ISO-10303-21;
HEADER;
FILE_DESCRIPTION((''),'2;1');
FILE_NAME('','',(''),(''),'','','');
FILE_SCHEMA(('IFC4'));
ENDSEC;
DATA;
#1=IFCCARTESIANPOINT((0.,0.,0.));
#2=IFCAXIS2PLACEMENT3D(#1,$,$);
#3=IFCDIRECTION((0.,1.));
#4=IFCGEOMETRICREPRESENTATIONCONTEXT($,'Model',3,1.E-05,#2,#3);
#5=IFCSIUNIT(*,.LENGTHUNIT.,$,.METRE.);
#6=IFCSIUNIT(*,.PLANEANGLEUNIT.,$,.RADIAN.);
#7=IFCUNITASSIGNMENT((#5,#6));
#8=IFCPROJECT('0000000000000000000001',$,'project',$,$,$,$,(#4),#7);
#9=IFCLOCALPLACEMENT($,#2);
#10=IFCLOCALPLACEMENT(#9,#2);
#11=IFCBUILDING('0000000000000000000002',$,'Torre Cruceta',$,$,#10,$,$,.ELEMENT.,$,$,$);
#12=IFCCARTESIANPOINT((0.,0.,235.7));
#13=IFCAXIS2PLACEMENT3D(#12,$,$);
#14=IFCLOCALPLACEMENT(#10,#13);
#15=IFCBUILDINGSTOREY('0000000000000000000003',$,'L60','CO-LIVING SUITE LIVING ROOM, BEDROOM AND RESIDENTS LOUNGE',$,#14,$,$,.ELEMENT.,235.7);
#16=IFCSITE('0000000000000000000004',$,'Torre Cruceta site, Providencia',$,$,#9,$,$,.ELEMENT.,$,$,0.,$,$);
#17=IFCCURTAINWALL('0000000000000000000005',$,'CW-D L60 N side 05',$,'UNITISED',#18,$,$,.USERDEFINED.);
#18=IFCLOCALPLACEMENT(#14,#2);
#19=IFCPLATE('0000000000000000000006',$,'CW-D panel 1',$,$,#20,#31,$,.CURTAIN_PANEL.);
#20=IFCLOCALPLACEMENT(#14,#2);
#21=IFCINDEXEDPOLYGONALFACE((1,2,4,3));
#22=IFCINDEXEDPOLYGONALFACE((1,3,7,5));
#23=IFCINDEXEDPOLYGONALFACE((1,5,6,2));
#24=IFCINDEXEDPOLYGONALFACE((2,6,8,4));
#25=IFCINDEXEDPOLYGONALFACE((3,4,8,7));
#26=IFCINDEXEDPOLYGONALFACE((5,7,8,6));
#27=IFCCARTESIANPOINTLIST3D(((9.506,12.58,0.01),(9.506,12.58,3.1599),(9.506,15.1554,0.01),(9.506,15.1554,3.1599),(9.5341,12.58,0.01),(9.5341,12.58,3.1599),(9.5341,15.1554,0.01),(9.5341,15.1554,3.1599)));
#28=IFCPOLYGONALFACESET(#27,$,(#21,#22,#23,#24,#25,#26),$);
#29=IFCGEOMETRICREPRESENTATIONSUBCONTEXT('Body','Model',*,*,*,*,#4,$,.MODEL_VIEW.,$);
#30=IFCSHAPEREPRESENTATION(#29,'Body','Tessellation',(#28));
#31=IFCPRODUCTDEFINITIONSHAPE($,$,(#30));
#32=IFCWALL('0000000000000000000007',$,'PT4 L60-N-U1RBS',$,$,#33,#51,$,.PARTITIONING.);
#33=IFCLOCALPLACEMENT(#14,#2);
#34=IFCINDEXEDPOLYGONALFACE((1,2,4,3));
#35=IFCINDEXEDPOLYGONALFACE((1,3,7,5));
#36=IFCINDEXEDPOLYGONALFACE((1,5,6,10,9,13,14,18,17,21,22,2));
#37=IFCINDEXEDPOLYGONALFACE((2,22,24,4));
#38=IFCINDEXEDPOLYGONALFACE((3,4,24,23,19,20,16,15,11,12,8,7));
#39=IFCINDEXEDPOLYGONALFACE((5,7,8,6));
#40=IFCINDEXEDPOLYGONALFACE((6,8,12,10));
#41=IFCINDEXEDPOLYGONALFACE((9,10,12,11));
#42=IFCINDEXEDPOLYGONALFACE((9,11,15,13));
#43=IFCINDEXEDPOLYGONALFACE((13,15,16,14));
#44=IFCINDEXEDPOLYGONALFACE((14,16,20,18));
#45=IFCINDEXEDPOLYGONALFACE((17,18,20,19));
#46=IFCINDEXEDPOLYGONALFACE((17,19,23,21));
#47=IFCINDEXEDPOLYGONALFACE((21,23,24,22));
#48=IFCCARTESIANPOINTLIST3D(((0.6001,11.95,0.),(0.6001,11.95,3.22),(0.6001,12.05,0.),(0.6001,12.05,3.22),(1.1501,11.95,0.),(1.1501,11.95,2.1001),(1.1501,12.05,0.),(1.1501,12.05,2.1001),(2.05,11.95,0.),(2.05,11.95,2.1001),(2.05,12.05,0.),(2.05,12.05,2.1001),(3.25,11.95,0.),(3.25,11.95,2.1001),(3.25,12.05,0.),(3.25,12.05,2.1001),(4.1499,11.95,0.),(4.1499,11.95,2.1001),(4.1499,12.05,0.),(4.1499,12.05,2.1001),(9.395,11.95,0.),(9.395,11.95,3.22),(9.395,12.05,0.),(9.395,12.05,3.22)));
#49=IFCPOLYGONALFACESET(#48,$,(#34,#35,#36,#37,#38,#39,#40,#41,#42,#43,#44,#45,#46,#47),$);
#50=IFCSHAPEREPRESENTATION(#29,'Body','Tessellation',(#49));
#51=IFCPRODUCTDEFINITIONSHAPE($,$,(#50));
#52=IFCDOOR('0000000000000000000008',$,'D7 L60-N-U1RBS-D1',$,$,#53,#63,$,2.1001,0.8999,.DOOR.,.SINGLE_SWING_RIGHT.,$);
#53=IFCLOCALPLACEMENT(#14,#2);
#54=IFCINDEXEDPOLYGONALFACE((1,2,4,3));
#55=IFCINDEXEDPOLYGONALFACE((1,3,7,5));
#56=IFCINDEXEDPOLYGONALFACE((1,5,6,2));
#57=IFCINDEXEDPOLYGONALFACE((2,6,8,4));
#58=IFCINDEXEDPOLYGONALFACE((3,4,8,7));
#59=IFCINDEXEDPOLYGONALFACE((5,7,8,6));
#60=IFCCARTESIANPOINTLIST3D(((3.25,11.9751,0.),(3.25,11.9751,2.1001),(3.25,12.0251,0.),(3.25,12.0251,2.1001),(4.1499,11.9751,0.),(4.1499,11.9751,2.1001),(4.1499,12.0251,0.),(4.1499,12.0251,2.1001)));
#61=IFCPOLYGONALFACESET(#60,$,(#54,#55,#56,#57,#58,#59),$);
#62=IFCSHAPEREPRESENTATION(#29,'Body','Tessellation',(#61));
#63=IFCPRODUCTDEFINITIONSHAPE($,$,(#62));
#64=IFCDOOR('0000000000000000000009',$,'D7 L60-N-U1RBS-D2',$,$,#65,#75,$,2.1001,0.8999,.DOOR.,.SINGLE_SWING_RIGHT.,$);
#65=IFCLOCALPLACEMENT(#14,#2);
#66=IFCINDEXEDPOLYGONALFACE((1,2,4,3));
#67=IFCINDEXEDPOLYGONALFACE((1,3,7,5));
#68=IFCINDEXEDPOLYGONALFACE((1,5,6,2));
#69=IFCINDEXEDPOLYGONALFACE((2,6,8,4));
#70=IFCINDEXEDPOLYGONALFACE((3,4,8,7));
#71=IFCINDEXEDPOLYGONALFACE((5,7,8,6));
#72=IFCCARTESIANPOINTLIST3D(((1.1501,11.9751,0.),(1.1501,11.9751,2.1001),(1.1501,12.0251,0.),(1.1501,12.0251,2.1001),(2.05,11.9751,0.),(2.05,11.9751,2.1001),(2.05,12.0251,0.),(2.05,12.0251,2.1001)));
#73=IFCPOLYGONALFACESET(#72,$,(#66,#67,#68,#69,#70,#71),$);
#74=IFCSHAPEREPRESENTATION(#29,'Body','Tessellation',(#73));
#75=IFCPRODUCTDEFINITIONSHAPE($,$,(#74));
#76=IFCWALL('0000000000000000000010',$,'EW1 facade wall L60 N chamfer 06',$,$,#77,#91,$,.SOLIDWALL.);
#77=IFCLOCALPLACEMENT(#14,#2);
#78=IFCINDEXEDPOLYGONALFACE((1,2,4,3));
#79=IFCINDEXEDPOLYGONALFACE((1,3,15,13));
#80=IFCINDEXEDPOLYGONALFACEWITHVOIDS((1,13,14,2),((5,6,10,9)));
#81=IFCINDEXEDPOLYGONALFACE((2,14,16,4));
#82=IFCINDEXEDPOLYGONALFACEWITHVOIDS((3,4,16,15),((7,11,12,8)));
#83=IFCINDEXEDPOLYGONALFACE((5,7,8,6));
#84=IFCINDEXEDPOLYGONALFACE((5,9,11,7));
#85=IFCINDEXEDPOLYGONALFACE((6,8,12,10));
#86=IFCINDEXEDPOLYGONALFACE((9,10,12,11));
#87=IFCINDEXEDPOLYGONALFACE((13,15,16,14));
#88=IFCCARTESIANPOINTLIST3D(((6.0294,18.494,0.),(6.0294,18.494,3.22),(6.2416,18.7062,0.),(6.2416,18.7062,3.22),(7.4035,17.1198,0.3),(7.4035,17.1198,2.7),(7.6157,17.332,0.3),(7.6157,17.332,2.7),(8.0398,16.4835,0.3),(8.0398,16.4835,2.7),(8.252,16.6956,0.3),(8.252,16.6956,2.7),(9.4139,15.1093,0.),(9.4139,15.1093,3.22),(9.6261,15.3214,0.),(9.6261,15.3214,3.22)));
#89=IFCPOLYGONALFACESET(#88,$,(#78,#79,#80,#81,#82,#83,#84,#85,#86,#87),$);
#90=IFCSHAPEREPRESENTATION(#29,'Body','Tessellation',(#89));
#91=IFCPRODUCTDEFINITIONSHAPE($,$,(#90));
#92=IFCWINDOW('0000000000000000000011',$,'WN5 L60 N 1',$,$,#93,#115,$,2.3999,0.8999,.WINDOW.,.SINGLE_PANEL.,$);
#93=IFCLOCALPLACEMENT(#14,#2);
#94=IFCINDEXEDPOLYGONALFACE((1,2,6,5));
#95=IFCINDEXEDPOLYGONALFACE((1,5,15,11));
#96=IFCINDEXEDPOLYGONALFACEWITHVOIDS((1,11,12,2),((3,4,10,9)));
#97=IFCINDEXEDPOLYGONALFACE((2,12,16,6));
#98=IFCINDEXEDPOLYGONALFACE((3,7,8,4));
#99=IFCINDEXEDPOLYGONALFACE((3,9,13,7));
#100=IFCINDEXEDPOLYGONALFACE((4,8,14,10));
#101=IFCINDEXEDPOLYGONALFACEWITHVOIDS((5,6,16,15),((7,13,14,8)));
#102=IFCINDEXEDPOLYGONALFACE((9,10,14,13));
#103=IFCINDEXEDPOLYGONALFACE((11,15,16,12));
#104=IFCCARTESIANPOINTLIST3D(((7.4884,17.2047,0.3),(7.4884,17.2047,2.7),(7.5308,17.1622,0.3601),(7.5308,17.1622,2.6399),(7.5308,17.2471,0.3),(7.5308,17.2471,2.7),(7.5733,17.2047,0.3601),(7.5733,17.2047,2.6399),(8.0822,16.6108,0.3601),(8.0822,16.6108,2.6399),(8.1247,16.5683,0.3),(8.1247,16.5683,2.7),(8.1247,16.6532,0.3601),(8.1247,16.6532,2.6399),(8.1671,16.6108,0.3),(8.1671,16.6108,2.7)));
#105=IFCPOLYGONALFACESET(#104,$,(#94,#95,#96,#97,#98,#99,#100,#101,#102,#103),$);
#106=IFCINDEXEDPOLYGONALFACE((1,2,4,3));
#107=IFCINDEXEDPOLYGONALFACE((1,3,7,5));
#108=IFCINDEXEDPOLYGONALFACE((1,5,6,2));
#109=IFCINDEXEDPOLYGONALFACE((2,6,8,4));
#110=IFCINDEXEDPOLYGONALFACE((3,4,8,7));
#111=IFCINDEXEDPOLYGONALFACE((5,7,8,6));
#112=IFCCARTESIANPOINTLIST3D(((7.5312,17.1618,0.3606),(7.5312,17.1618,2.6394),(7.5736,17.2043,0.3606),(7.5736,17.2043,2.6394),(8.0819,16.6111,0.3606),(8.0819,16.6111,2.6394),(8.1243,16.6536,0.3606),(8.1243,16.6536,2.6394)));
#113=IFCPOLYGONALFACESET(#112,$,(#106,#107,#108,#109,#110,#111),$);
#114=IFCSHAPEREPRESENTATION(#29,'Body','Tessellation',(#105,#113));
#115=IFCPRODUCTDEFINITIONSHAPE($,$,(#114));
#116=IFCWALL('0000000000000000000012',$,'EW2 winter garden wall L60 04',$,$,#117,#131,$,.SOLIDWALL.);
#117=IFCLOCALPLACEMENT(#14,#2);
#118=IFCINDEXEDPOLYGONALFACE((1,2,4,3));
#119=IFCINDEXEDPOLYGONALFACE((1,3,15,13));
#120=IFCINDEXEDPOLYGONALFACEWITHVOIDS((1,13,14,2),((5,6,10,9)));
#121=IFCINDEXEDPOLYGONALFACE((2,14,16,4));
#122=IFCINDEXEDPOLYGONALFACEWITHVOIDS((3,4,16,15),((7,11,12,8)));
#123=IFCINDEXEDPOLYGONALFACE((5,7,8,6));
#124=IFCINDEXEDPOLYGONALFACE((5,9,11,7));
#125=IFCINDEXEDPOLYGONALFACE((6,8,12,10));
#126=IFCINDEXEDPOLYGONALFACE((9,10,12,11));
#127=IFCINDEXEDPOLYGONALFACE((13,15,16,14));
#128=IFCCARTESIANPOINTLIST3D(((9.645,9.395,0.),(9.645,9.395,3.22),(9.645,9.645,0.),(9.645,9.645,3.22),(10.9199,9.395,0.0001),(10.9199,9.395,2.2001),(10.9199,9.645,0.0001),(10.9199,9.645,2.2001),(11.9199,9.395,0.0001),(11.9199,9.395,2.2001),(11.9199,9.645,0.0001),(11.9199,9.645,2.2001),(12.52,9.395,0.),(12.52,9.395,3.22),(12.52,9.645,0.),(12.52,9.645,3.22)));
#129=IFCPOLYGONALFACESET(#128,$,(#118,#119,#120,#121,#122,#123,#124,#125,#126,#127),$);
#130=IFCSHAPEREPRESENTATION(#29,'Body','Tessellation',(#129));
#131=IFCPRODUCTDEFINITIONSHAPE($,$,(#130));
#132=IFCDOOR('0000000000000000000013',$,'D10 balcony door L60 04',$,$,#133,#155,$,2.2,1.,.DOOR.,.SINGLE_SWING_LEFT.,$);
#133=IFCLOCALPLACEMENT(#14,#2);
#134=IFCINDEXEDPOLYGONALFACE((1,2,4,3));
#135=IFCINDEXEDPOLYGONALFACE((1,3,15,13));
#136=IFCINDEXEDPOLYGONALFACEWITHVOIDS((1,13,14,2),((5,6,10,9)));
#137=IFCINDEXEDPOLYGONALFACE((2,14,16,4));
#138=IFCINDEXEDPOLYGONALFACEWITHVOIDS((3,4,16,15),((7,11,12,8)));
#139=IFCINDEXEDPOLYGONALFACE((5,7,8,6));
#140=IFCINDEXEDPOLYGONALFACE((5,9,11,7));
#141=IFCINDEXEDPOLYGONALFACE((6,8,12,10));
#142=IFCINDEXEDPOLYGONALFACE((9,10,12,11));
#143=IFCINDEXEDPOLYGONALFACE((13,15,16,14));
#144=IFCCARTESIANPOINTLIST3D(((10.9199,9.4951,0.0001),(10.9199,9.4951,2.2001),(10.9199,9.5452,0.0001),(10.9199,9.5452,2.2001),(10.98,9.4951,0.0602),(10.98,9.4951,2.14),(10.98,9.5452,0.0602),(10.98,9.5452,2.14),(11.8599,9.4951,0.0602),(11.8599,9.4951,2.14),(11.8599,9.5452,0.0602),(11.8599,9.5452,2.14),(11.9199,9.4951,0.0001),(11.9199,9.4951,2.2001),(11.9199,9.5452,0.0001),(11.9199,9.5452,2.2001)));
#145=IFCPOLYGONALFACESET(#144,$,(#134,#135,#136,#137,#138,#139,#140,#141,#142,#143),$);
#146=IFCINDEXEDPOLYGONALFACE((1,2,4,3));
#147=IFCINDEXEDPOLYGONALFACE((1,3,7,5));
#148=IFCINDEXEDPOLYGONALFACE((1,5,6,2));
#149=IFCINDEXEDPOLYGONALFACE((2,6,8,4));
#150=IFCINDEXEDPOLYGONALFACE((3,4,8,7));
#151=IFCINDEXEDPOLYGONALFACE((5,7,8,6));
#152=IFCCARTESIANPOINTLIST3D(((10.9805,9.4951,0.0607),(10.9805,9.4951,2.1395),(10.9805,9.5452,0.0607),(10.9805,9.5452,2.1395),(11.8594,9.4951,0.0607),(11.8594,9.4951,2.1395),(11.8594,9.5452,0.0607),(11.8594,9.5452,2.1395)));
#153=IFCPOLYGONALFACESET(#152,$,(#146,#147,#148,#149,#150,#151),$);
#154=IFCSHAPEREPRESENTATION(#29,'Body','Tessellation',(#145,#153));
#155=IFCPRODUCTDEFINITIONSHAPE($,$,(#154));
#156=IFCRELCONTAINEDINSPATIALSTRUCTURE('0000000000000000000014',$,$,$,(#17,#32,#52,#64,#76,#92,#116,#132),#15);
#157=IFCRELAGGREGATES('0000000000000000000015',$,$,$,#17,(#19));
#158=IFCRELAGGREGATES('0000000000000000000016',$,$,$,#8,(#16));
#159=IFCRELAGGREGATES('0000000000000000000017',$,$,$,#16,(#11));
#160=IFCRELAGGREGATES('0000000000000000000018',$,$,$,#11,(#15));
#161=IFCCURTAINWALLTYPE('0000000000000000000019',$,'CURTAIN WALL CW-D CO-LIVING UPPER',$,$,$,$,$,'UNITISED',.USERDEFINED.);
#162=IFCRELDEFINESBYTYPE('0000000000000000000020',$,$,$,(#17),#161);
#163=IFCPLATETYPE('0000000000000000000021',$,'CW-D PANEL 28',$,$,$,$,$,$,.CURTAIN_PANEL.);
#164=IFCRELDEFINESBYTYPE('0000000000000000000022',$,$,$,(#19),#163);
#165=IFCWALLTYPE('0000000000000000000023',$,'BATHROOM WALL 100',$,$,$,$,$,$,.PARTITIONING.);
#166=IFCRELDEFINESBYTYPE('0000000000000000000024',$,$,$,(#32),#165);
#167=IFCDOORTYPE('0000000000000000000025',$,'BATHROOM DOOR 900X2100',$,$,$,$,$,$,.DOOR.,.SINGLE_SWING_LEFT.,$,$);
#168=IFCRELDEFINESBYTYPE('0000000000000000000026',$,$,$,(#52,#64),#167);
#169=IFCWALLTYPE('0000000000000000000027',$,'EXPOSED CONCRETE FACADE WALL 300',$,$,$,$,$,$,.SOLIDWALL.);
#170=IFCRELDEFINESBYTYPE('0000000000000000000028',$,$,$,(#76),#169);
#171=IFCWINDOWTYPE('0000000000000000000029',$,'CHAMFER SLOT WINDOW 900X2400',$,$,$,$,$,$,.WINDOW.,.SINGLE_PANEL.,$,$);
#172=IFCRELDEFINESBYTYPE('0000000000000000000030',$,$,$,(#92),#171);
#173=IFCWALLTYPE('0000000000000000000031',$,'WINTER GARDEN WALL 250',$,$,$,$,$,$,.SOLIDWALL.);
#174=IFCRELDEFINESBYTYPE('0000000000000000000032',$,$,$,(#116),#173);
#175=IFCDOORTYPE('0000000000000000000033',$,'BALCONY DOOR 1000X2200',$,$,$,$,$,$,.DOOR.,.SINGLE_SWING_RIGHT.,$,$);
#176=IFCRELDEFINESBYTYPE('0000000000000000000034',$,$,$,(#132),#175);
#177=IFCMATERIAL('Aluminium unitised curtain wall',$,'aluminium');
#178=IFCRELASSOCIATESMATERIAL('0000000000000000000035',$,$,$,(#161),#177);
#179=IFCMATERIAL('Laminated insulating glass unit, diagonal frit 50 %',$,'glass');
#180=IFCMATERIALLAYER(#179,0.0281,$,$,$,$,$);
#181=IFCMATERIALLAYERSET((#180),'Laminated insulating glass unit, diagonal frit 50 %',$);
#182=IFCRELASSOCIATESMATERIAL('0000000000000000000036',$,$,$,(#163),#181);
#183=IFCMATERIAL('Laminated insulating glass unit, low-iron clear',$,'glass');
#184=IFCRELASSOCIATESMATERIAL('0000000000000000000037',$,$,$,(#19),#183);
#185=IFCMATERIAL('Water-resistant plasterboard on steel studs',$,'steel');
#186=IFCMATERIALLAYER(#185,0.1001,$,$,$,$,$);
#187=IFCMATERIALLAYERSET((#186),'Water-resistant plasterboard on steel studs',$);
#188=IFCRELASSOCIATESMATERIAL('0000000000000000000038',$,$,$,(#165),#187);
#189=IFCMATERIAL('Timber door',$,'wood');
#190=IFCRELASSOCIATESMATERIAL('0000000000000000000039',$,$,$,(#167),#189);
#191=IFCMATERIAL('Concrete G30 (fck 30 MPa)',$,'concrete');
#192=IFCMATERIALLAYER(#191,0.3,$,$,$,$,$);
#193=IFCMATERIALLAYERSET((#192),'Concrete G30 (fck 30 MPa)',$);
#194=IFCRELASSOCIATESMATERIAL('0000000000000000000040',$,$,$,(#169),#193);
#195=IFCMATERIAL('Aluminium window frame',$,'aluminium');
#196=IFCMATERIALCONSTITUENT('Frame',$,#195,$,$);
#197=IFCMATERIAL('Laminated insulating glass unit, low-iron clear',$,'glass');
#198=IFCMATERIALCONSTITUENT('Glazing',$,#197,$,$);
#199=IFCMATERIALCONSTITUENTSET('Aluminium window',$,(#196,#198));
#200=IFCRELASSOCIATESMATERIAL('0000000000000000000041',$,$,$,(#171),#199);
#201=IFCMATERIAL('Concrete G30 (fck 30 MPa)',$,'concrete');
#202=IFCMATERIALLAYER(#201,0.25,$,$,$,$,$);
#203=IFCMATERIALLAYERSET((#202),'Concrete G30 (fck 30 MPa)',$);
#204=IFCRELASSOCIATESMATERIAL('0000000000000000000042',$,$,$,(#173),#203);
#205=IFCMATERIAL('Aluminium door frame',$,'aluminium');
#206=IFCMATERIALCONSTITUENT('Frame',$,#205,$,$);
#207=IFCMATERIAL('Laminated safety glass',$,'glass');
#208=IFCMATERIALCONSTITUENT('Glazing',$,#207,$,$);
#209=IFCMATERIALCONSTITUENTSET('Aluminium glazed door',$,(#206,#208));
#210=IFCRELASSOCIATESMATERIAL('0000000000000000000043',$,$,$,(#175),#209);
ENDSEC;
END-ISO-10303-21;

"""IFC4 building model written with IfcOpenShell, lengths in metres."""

from ifc_helpers import new_model, si_unit, direction, frame, frame_2d, origin, origin_2d, place, context, subcontext, project, spatial, rectangle, hollow_rectangle, extrude, material, layer, layer_set, constituent, constituent_set, type_object, element, fill, aggregate, save


model = new_model("IFC4")

# Units and contexts
model_context = context("Model", 3, precision=1e-05, world=origin(), true_north=direction((0.0, 1.0)))
body_context = subcontext(model_context, "Body", "Model", "MODEL_VIEW")
ifc_project = project(units=[si_unit("LENGTHUNIT", "METRE"), si_unit("PLANEANGLEUNIT", "RADIAN")], contexts=[model_context])

# Site, building, storey
site_placement = place(None, origin())
site = spatial("IfcSite", under=ifc_project, at=site_placement, Name="Torre Cruceta site, Providencia", CompositionType="ELEMENT", RefElevation=0.0)
building_placement = place(site_placement, origin())
building = spatial("IfcBuilding", under=site, at=building_placement, Name="Torre Cruceta", CompositionType="ELEMENT")
storey_placement = place(building_placement, frame((0.0, 0.0, 235.7)))
storey = spatial("IfcBuildingStorey", under=building, at=storey_placement, Name="L60", Description="CO-LIVING SUITE LIVING ROOM, BEDROOM AND RESIDENTS LOUNGE", CompositionType="ELEMENT", Elevation=235.7)

# Curtain wall
ifc_material_1 = material(Name="Aluminium unitised curtain wall", Category="aluminium")
curtain_wall_type = type_object("IfcCurtainWallType", Name="CURTAIN WALL CW-D CO-LIVING UPPER", ElementType="UNITISED", PredefinedType="USERDEFINED", material=ifc_material_1)
curtain_wall_1_placement = place(storey_placement, origin())
curtain_wall_1 = element("IfcCurtainWall", 1, at=curtain_wall_1_placement, inside=storey, type_object=curtain_wall_type, Name="CW-D L60 N side 05", ObjectType="UNITISED", PredefinedType="USERDEFINED")

# Plate
ifc_material_2 = material(Name="Laminated insulating glass unit, low-iron clear", Category="glass")
ifc_material_3 = material(Name="Laminated insulating glass unit, diagonal frit 50 %", Category="glass")
ifc_layer_1 = layer(ifc_material_3, 0.0281)
ifc_layer_set_1 = layer_set([ifc_layer_1], Name="Laminated insulating glass unit, diagonal frit 50 %")
plate_type = type_object("IfcPlateType", Name="CW-D PANEL 28", PredefinedType="CURTAIN_PANEL", material=ifc_layer_set_1)
plate_1_placement = place(storey_placement, frame((9.52, 13.8677, 0.01), z_axis=(0.0, 0.0, 1.0), x_axis=(0.0, 1.0, 0.0)))
plate_1 = element("IfcPlate", 2, at=plate_1_placement, type_object=plate_type, material=ifc_material_2, Name="CW-D panel 1", PredefinedType="CURTAIN_PANEL", context=body_context, shape_type="SweptSolid", body=[
    extrude(rectangle(XDim=2.5754, YDim=0.0281, at=origin_2d()), origin(), (0.0, 0.0, 1.0), 3.1499),
])
aggregate(curtain_wall_1, [plate_1])

# Wall, openings, doors
ifc_material_4 = material(Name="Water-resistant plasterboard on steel studs", Category="steel")
ifc_layer_2 = layer(ifc_material_4, 0.1001)
ifc_layer_set_2 = layer_set([ifc_layer_2], Name="Water-resistant plasterboard on steel studs")
wall_type_1 = type_object("IfcWallType", Name="BATHROOM WALL 100", PredefinedType="PARTITIONING", material=ifc_layer_set_2)
wall_1_placement = place(storey_placement, frame((9.395, 12.0, 0.0), z_axis=(0.0, 0.0, 1.0), x_axis=(-1.0, 0.0, 0.0)))
wall_1 = element("IfcWall", 3, at=wall_1_placement, inside=storey, type_object=wall_type_1, Name="PT4 L60-N-U1RBS", PredefinedType="PARTITIONING", context=body_context, shape_type="SweptSolid", body=[
    extrude(rectangle(XDim=8.7949, YDim=0.1001, at=frame_2d((4.3975, 0.0))), origin(), (0.0, 0.0, 1.0), 3.22),
])
opening_1_placement = place(wall_1_placement, frame((5.2451, 0.0, 0.0)))
opening_1 = element("IfcOpeningElement", 4, at=opening_1_placement, cuts=wall_1, PredefinedType="OPENING", context=body_context, shape_type="SweptSolid", body=[
    extrude(rectangle(XDim=0.8999, YDim=2.1001, at=frame_2d((0.45, 1.05))), frame((0.0, 0.0601, 0.0), z_axis=(0.0, -1.0, 0.0), x_axis=(1.0, 0.0, 0.0)), (0.0, 0.0, 1.0), 0.1201),
])
opening_2_placement = place(wall_1_placement, frame((7.345, 0.0, 0.0)))
opening_2 = element("IfcOpeningElement", 5, at=opening_2_placement, cuts=wall_1, PredefinedType="OPENING", context=body_context, shape_type="SweptSolid", body=[
    extrude(rectangle(XDim=0.8999, YDim=2.1001, at=frame_2d((0.45, 1.05))), frame((0.0, 0.0601, 0.0), z_axis=(0.0, -1.0, 0.0), x_axis=(1.0, 0.0, 0.0)), (0.0, 0.0, 1.0), 0.1201),
])
ifc_material_5 = material(Name="Timber door", Category="wood")
door_type_1 = type_object("IfcDoorType", Name="BATHROOM DOOR 900X2100", OperationType="SINGLE_SWING_LEFT", PredefinedType="DOOR", material=ifc_material_5)
door_1_placement = place(opening_1_placement, origin())
door_1 = element("IfcDoor", 6, at=door_1_placement, inside=storey, type_object=door_type_1, Name="D7 L60-N-U1RBS-D1", OperationType="SINGLE_SWING_RIGHT", OverallHeight=2.1001, OverallWidth=0.8999, PredefinedType="DOOR", context=body_context, shape_type="SweptSolid", body=[
    extrude(rectangle(XDim=0.8999, YDim=2.1001, at=frame_2d((0.45, 1.05))), frame((0.0, 0.0249, 0.0), z_axis=(0.0, -1.0, 0.0), x_axis=(1.0, 0.0, 0.0)), (0.0, 0.0, 1.0), 0.05),
])
fill(opening_1, door_1)
door_2_placement = place(opening_2_placement, origin())
door_2 = element("IfcDoor", 7, at=door_2_placement, inside=storey, type_object=door_type_1, Name="D7 L60-N-U1RBS-D2", OperationType="SINGLE_SWING_RIGHT", OverallHeight=2.1001, OverallWidth=0.8999, PredefinedType="DOOR", context=body_context, shape_type="SweptSolid", body=[
    extrude(rectangle(XDim=0.8999, YDim=2.1001, at=frame_2d((0.45, 1.05))), frame((0.0, 0.0249, 0.0), z_axis=(0.0, -1.0, 0.0), x_axis=(1.0, 0.0, 0.0)), (0.0, 0.0, 1.0), 0.05),
])
fill(opening_2, door_2)

# Wall, opening, window
ifc_material_6 = material(Name="Concrete G30 (fck 30 MPa)", Category="concrete")
ifc_layer_3 = layer(ifc_material_6, 0.3)
ifc_layer_set_3 = layer_set([ifc_layer_3], Name="Concrete G30 (fck 30 MPa)")
wall_type_2 = type_object("IfcWallType", Name="EXPOSED CONCRETE FACADE WALL 300", PredefinedType="SOLIDWALL", material=ifc_layer_set_3)
wall_2_placement = place(storey_placement, frame((9.52, 15.2153, 0.0), z_axis=(0.0, 0.0, 1.0), x_axis=(-0.707081, 0.707132, 0.0)))
wall_2 = element("IfcWall", 8, at=wall_2_placement, inside=storey, type_object=wall_type_2, Name="EW1 facade wall L60 N chamfer 06", PredefinedType="SOLIDWALL", context=body_context, shape_type="SweptSolid", body=[
    extrude(rectangle(XDim=4.7866, YDim=0.3, at=frame_2d((2.3933, 0.0))), origin(), (0.0, 0.0, 1.0), 3.22),
])
opening_3_placement = place(wall_2_placement, frame((1.9434, 0.0, 0.3)))
opening_3 = element("IfcOpeningElement", 9, at=opening_3_placement, cuts=wall_2, PredefinedType="OPENING", context=body_context, shape_type="SweptSolid", body=[
    extrude(rectangle(XDim=0.8999, YDim=2.3999, at=frame_2d((0.45, 1.2))), frame((0.0, 0.1599, 0.0), z_axis=(0.0, -1.0, 0.0), x_axis=(1.0, 0.0, 0.0)), (0.0, 0.0, 1.0), 0.3201),
])
ifc_material_7 = material(Name="Aluminium window frame", Category="aluminium")
ifc_constituent_1 = constituent(ifc_material_7, Name="Frame")
ifc_material_8 = material(Name="Laminated insulating glass unit, low-iron clear", Category="glass")
ifc_constituent_2 = constituent(ifc_material_8, Name="Glazing")
ifc_constituent_set_1 = constituent_set(constituents=[ifc_constituent_1, ifc_constituent_2], Name="Aluminium window")
window_type = type_object("IfcWindowType", Name="CHAMFER SLOT WINDOW 900X2400", PartitioningType="SINGLE_PANEL", PredefinedType="WINDOW", material=ifc_constituent_set_1)
window_placement = place(opening_3_placement, origin())
window = element("IfcWindow", 10, at=window_placement, inside=storey, type_object=window_type, Name="WN5 L60 N 1", OverallHeight=2.3999, OverallWidth=0.8999, PartitioningType="SINGLE_PANEL", PredefinedType="WINDOW", context=body_context, shape_type="SweptSolid", body=[
    extrude(hollow_rectangle(XDim=0.8999, YDim=2.3999, WallThickness=0.0601, at=frame_2d((0.45, 1.2))), frame((0.0, 0.03, 0.0), z_axis=(0.0, -1.0, 0.0), x_axis=(1.0, 0.0, 0.0)), (0.0, 0.0, 1.0), 0.0601),
    extrude(rectangle(XDim=0.7788, YDim=2.2788, at=frame_2d((0.45, 1.2))), frame((0.0, 0.03, 0.0), z_axis=(0.0, -1.0, 0.0), x_axis=(1.0, 0.0, 0.0)), (0.0, 0.0, 1.0), 0.0601),
])
fill(opening_3, window)

# Wall, opening, door
ifc_material_9 = material(Name="Concrete G30 (fck 30 MPa)", Category="concrete")
ifc_layer_4 = layer(ifc_material_9, 0.25)
ifc_layer_set_4 = layer_set([ifc_layer_4], Name="Concrete G30 (fck 30 MPa)")
wall_type_3 = type_object("IfcWallType", Name="WINTER GARDEN WALL 250", PredefinedType="SOLIDWALL", material=ifc_layer_set_4)
wall_3_placement = place(storey_placement, frame((12.52, 9.52, 0.0), z_axis=(0.0, 0.0, 1.0), x_axis=(-1.0, 0.0, 0.0)))
wall_3 = element("IfcWall", 11, at=wall_3_placement, inside=storey, type_object=wall_type_3, Name="EW2 winter garden wall L60 04", PredefinedType="SOLIDWALL", context=body_context, shape_type="SweptSolid", body=[
    extrude(rectangle(XDim=2.875, YDim=0.25, at=frame_2d((1.4375, 0.0))), origin(), (0.0, 0.0, 1.0), 3.22),
])
opening_4_placement = place(wall_3_placement, frame((0.6001, 0.0, 0.0)))
opening_4 = element("IfcOpeningElement", 12, at=opening_4_placement, cuts=wall_3, PredefinedType="OPENING", context=body_context, shape_type="SweptSolid", body=[
    extrude(rectangle(XDim=1.0, YDim=2.2, at=frame_2d((0.5, 1.1001))), frame((0.0, 0.135, 0.0), z_axis=(0.0, -1.0, 0.0), x_axis=(1.0, 0.0, 0.0)), (0.0, 0.0, 1.0), 0.27),
])
ifc_material_10 = material(Name="Aluminium door frame", Category="aluminium")
ifc_constituent_3 = constituent(ifc_material_10, Name="Frame")
ifc_material_11 = material(Name="Laminated safety glass", Category="glass")
ifc_constituent_4 = constituent(ifc_material_11, Name="Glazing")
ifc_constituent_set_2 = constituent_set(constituents=[ifc_constituent_3, ifc_constituent_4], Name="Aluminium glazed door")
door_type_2 = type_object("IfcDoorType", Name="BALCONY DOOR 1000X2200", OperationType="SINGLE_SWING_RIGHT", PredefinedType="DOOR", material=ifc_constituent_set_2)
door_3_placement = place(opening_4_placement, origin())
door_3 = element("IfcDoor", 13, at=door_3_placement, inside=storey, type_object=door_type_2, Name="D10 balcony door L60 04", OperationType="SINGLE_SWING_LEFT", OverallHeight=2.2, OverallWidth=1.0, PredefinedType="DOOR", context=body_context, shape_type="SweptSolid", body=[
    extrude(hollow_rectangle(XDim=1.0, YDim=2.2, WallThickness=0.0601, at=frame_2d((0.5, 1.1001))), frame((0.0, 0.0249, 0.0), z_axis=(0.0, -1.0, 0.0), x_axis=(1.0, 0.0, 0.0)), (0.0, 0.0, 1.0), 0.05),
    extrude(rectangle(XDim=0.8789, YDim=2.0789, at=frame_2d((0.5, 1.1001))), frame((0.0, 0.0249, 0.0), z_axis=(0.0, -1.0, 0.0), x_axis=(1.0, 0.0, 0.0)), (0.0, 0.0, 1.0), 0.05),
])
fill(opening_4, door_3)

save(model, "model.ifc")
